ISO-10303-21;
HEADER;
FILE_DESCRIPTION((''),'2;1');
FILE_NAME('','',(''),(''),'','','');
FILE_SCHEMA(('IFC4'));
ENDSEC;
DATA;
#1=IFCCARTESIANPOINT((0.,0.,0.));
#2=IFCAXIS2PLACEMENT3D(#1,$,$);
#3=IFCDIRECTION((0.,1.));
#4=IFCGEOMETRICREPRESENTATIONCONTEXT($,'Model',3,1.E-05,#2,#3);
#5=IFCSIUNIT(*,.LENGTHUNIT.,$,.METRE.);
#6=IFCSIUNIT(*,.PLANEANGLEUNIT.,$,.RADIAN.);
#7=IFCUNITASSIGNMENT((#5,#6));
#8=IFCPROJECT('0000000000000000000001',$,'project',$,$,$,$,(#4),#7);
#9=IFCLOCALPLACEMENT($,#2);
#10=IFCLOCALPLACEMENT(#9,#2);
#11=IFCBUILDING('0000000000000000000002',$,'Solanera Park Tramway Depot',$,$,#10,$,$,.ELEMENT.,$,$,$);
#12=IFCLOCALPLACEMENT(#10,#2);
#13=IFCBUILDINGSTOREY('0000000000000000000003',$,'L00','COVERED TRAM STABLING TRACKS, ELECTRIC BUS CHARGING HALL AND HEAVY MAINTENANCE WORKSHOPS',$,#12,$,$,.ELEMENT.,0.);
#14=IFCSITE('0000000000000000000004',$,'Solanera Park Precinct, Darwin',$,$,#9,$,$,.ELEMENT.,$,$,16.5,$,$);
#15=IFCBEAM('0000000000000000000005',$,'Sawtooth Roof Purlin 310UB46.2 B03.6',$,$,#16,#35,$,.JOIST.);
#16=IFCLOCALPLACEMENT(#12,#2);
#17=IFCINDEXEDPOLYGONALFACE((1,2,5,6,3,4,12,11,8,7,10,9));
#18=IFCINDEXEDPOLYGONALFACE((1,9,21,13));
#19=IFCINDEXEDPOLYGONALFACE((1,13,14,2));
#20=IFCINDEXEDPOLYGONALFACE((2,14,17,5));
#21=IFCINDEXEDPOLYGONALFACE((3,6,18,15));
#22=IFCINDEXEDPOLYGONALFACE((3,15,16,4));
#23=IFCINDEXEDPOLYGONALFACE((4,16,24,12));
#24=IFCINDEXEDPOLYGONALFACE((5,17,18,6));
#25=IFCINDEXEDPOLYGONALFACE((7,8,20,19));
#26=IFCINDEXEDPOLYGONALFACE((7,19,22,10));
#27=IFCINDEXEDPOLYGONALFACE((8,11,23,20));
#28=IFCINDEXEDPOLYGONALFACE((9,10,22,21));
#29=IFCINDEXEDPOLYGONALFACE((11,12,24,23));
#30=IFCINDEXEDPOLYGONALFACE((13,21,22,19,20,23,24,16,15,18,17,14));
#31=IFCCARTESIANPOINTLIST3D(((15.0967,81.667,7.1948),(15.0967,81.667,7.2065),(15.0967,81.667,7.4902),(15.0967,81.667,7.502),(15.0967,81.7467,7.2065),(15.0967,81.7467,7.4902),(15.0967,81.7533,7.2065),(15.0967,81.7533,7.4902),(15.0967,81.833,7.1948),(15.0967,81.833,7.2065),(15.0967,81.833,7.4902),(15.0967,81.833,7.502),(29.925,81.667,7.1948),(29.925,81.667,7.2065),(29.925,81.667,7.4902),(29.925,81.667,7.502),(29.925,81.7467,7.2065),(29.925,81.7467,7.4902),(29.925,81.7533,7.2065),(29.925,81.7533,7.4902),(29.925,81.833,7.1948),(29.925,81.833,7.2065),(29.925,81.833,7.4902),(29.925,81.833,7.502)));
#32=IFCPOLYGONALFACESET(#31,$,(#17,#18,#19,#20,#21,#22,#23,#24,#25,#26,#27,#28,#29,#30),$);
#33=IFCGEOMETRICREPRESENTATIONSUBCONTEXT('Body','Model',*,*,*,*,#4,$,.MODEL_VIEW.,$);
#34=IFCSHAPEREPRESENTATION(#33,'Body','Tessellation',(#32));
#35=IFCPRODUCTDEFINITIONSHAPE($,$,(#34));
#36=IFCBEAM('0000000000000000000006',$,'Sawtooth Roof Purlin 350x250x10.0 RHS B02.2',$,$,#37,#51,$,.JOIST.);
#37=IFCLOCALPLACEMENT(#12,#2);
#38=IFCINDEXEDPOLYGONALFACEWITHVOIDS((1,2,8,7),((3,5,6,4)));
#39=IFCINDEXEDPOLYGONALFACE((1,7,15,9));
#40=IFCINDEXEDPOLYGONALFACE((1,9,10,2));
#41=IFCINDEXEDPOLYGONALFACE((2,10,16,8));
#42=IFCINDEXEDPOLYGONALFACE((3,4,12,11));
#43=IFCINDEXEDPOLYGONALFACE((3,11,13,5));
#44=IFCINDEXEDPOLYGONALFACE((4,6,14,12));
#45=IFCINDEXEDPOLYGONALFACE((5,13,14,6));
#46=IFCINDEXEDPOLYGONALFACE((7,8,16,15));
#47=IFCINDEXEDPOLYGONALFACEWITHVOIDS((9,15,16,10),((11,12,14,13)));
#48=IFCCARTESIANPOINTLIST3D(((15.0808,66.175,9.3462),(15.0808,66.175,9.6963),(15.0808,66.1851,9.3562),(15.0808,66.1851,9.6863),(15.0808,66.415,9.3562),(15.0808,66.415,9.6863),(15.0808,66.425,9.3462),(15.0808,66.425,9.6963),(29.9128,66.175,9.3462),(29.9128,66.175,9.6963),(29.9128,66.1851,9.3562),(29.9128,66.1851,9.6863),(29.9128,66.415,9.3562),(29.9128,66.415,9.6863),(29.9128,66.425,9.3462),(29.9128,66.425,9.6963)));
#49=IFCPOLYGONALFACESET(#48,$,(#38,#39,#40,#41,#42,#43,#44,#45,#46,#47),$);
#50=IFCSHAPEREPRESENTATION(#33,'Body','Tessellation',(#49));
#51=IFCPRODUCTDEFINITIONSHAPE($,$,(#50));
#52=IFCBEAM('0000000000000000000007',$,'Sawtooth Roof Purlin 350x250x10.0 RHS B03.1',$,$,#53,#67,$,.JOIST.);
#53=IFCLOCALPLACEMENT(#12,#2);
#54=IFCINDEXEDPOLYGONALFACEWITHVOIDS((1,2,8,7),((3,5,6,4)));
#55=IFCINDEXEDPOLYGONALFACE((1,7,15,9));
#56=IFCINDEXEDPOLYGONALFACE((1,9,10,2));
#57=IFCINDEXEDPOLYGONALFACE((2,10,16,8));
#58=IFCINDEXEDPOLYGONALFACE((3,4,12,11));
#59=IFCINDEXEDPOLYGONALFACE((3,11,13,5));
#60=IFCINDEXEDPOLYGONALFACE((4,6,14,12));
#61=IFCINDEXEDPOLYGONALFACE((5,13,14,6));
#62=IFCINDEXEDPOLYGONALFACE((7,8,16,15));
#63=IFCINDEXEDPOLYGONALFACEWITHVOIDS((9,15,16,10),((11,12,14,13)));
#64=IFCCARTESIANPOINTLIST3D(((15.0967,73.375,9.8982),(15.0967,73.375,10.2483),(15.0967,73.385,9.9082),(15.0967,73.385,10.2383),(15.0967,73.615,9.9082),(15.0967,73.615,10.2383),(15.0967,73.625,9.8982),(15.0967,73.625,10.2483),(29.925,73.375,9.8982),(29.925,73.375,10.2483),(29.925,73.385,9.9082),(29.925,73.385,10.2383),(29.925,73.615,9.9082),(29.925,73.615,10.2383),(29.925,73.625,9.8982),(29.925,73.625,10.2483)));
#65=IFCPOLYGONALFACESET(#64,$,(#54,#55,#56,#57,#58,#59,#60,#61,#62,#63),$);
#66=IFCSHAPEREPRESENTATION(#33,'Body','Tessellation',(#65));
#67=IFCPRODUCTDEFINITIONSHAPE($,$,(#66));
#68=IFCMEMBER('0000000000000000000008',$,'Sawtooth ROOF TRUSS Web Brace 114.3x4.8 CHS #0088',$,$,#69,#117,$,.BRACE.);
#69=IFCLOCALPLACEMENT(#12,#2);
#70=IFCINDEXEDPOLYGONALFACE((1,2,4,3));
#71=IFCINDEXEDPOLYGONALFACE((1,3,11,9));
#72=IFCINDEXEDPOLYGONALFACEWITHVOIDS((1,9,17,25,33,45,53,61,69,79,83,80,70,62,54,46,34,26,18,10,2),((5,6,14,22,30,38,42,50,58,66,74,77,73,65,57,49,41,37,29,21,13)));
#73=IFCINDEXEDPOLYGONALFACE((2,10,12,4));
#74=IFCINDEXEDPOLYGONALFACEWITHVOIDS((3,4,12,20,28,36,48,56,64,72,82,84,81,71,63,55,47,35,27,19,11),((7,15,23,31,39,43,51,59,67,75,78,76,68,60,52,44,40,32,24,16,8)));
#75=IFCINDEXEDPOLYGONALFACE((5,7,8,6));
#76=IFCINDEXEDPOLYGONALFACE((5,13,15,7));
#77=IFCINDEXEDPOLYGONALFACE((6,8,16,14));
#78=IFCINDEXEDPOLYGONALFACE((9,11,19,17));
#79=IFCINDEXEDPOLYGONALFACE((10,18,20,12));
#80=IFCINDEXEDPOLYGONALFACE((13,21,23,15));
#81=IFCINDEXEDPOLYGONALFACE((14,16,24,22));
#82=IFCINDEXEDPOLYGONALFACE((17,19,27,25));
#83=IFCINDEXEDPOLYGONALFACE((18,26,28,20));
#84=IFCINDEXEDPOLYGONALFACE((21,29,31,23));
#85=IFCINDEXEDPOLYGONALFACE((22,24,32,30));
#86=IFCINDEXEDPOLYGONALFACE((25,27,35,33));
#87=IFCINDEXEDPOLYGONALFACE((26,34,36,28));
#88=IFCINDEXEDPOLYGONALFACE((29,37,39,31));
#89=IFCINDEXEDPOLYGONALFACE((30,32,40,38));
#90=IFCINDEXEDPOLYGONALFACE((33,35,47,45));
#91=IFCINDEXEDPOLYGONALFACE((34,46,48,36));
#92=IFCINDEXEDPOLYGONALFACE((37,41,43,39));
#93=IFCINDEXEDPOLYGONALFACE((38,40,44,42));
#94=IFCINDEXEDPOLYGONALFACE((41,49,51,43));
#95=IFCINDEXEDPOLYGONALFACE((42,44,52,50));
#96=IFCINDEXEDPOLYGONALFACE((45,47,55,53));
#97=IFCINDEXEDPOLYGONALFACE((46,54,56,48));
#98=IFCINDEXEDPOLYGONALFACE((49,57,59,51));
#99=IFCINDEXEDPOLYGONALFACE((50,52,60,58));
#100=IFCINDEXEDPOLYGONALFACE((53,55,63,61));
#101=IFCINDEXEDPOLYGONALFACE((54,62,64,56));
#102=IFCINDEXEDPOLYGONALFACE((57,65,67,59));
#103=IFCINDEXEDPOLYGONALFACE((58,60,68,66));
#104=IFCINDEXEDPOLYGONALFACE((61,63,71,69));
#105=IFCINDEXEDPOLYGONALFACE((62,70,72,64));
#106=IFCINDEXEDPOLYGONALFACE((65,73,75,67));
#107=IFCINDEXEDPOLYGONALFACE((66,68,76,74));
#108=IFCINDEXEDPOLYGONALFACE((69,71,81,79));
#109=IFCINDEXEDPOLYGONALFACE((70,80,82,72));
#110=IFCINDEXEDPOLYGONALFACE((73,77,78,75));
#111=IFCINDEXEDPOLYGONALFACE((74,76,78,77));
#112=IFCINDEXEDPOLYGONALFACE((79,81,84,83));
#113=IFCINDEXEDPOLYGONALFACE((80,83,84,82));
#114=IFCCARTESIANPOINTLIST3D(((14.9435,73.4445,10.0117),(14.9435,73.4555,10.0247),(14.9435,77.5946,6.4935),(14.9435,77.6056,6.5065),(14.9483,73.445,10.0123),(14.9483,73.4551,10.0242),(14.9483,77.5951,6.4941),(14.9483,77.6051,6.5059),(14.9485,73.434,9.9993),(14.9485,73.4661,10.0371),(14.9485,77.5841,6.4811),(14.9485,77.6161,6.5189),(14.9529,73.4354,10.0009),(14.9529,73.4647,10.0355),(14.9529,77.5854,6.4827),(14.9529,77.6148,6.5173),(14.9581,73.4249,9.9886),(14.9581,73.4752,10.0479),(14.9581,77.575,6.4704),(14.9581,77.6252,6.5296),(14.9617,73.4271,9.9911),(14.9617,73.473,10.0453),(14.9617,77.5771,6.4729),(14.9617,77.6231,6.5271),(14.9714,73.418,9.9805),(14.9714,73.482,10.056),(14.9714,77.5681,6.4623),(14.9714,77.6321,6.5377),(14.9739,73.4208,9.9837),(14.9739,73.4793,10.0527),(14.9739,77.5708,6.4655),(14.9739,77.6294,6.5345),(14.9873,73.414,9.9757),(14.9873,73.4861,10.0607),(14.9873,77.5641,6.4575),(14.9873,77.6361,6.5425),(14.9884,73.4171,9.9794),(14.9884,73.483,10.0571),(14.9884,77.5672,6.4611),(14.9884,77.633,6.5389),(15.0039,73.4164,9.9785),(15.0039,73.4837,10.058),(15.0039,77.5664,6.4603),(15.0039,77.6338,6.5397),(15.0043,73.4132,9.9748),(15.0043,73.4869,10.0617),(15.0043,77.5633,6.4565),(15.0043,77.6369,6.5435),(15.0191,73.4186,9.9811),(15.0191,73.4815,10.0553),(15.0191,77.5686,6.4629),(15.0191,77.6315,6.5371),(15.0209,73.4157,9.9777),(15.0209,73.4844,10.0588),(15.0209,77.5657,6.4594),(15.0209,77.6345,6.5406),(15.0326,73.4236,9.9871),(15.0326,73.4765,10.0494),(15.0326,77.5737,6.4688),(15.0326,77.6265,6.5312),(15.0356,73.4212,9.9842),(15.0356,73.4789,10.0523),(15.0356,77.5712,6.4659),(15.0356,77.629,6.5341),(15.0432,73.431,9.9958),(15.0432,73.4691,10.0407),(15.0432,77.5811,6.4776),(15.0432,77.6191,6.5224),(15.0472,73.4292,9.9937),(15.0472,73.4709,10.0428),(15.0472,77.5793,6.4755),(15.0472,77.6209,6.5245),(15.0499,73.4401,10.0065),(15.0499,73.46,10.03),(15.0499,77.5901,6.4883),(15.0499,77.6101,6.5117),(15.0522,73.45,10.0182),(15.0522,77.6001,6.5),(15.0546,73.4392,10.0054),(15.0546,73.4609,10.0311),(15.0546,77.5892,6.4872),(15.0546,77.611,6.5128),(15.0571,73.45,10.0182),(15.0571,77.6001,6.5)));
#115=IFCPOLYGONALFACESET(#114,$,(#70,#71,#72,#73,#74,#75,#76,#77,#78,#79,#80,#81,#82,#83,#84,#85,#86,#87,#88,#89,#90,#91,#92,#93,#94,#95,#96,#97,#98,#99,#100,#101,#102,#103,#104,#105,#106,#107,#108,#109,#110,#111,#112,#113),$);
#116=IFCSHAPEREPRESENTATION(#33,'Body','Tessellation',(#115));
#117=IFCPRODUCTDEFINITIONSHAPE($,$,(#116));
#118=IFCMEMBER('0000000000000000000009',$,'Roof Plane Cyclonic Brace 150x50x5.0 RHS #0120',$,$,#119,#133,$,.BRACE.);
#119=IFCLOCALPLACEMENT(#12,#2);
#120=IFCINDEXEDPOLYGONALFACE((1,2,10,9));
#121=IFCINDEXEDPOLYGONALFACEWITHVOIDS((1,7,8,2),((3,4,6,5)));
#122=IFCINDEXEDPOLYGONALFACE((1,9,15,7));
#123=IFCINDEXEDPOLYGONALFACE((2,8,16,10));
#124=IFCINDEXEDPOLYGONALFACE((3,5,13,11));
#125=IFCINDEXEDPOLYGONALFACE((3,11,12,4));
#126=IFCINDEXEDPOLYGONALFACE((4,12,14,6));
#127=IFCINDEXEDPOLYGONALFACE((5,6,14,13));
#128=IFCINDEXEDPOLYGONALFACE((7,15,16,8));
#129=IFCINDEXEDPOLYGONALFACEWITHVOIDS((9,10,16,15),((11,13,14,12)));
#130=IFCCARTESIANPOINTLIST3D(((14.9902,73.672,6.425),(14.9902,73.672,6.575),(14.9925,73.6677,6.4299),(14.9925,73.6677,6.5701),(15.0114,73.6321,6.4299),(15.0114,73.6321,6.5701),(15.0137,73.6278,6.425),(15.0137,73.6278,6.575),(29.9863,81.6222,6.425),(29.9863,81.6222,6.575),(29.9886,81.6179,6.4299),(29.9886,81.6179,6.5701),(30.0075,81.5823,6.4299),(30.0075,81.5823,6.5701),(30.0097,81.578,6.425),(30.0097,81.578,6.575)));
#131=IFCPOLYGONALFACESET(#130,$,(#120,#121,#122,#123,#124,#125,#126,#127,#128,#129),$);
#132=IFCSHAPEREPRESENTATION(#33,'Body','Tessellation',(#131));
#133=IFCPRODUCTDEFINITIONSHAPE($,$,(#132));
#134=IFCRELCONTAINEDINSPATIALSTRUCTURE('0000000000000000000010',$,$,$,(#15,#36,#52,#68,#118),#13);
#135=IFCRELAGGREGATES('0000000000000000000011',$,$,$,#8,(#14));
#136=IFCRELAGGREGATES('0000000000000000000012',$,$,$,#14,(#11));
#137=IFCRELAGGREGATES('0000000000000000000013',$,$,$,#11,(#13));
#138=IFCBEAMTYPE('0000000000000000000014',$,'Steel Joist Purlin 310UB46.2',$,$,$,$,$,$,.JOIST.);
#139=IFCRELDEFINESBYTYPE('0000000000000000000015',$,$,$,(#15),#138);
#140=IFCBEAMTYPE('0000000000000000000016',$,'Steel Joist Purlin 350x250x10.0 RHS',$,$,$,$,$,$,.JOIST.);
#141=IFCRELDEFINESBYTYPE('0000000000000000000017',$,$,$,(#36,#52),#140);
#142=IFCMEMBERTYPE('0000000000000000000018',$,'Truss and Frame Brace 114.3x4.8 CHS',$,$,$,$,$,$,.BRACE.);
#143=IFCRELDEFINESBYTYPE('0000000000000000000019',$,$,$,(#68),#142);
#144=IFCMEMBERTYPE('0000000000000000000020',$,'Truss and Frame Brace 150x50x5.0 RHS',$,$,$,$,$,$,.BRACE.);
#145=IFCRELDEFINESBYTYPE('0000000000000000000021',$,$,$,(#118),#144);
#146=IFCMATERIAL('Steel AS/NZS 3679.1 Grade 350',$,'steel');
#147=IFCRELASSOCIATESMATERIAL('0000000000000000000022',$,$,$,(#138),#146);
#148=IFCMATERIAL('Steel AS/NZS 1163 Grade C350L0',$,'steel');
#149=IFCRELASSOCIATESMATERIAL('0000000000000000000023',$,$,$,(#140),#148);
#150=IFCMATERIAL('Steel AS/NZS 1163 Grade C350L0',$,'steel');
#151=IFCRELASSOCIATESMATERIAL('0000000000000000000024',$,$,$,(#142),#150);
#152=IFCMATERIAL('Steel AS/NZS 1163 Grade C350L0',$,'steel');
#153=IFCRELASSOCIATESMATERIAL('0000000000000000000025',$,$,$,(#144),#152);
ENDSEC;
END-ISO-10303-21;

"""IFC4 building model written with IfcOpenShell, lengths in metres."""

from ifc_helpers import new_model, si_unit, direction, frame, origin, origin_2d, place, context, subcontext, project, spatial, hollow_rectangle, hollow_circle, i_section, extrude, material, material_profile, profile_set, type_object, element, save


model = new_model("IFC4")

# Units and contexts
model_context = context("Model", 3, precision=1e-05, world=origin(), true_north=direction((0.0, 1.0)))
body_context = subcontext(model_context, "Body", "Model", "MODEL_VIEW")
ifc_project = project(units=[si_unit("LENGTHUNIT", "METRE"), si_unit("PLANEANGLEUNIT", "RADIAN")], contexts=[model_context])

# Site, building, storey
site_placement = place(None, origin())
site = spatial("IfcSite", under=ifc_project, at=site_placement, Name="Solanera Park Precinct, Darwin", CompositionType="ELEMENT", RefElevation=16.5)
building_placement = place(site_placement, origin())
building = spatial("IfcBuilding", under=site, at=building_placement, Name="Solanera Park Tramway Depot", CompositionType="ELEMENT")
storey_placement = place(building_placement, origin())
storey = spatial("IfcBuildingStorey", under=building, at=storey_placement, Name="L00", Description="COVERED TRAM STABLING TRACKS, ELECTRIC BUS CHARGING HALL AND HEAVY MAINTENANCE WORKSHOPS", CompositionType="ELEMENT", Elevation=0.0)

# Beams
ifc_material_1 = material(Name="Steel AS/NZS 3679.1 Grade 350", Category="steel")
ifc_material_profile_1 = material_profile(ifc_material_1, i_section(OverallWidth=0.166, OverallDepth=0.3071, WebThickness=0.0066, FlangeThickness=0.0117, at=origin_2d()), Name="310UB46.2")
ifc_profile_set_1 = profile_set([ifc_material_profile_1], Name="Steel AS/NZS 3679.1 Grade 350")
beam_type_1 = type_object("IfcBeamType", Name="Steel Joist Purlin 310UB46.2", PredefinedType="JOIST", material=ifc_profile_set_1)
beam_1_placement = place(storey_placement, frame((15.0967, 81.75, 7.3484), z_axis=(1.0, 0.0, 0.0), x_axis=(0.0, 1.0, 0.0)))
element("IfcBeam", 1, at=beam_1_placement, inside=storey, type_object=beam_type_1, Name="Sawtooth Roof Purlin 310UB46.2 B03.6", PredefinedType="JOIST", context=body_context, shape_type="SweptSolid", body=[
    extrude(i_section(OverallWidth=0.166, OverallDepth=0.3071, WebThickness=0.0066, FlangeThickness=0.0117, at=origin_2d()), origin(), (0.0, 0.0, 1.0), 14.8284),
])
ifc_material_2 = material(Name="Steel AS/NZS 1163 Grade C350L0", Category="steel")
ifc_material_profile_2 = material_profile(ifc_material_2, hollow_rectangle(XDim=0.25, YDim=0.3501, WallThickness=0.01, at=origin_2d()), Name="350x250x10.0 RHS")
ifc_profile_set_2 = profile_set([ifc_material_profile_2], Name="Steel AS/NZS 1163 Grade C350L0")
beam_type_2 = type_object("IfcBeamType", Name="Steel Joist Purlin 350x250x10.0 RHS", PredefinedType="JOIST", material=ifc_profile_set_2)
beam_2_placement = place(storey_placement, frame((15.0808, 66.3, 9.5212), z_axis=(1.0, 0.0, 0.0), x_axis=(0.0, 1.0, 0.0)))
element("IfcBeam", 2, at=beam_2_placement, inside=storey, type_object=beam_type_2, Name="Sawtooth Roof Purlin 350x250x10.0 RHS B02.2", PredefinedType="JOIST", context=body_context, shape_type="SweptSolid", body=[
    extrude(hollow_rectangle(XDim=0.25, YDim=0.3501, WallThickness=0.01, at=origin_2d()), origin(), (0.0, 0.0, 1.0), 14.832),
])
beam_3_placement = place(storey_placement, frame((15.0967, 73.5, 10.0732), z_axis=(1.0, 0.0, 0.0), x_axis=(0.0, 1.0, 0.0)))
element("IfcBeam", 3, at=beam_3_placement, inside=storey, type_object=beam_type_2, Name="Sawtooth Roof Purlin 350x250x10.0 RHS B03.1", PredefinedType="JOIST", context=body_context, shape_type="SweptSolid", body=[
    extrude(hollow_rectangle(XDim=0.25, YDim=0.3501, WallThickness=0.01, at=origin_2d()), origin(), (0.0, 0.0, 1.0), 14.8284),
])

# Members
ifc_material_3 = material(Name="Steel AS/NZS 1163 Grade C350L0", Category="steel")
ifc_material_profile_3 = material_profile(ifc_material_3, hollow_circle(Radius=0.0571, WallThickness=0.0049, at=origin_2d()), Name="114.3x4.8 CHS")
ifc_profile_set_3 = profile_set([ifc_material_profile_3], Name="Steel AS/NZS 1163 Grade C350L0")
member_type_1 = type_object("IfcMemberType", Name="Truss and Frame Brace 114.3x4.8 CHS", PredefinedType="BRACE", material=ifc_profile_set_3)
member_1_placement = place(storey_placement, frame((15.0, 77.6001, 6.5), z_axis=(0.0, -0.762783, 0.646654), x_axis=(1.0, 0.0, 0.0)))
element("IfcMember", 4, at=member_1_placement, inside=storey, type_object=member_type_1, Name="Sawtooth ROOF TRUSS Web Brace 114.3x4.8 CHS #0088", PredefinedType="BRACE", context=body_context, shape_type="SweptSolid", body=[
    extrude(hollow_circle(Radius=0.0571, WallThickness=0.0049, at=origin_2d()), origin(), (0.0, 0.0, 1.0), 5.4407),
])
ifc_material_4 = material(Name="Steel AS/NZS 1163 Grade C350L0", Category="steel")
ifc_material_profile_4 = material_profile(ifc_material_4, hollow_rectangle(XDim=0.05, YDim=0.1499, WallThickness=0.0049, at=origin_2d()), Name="150x50x5.0 RHS")
ifc_profile_set_4 = profile_set([ifc_material_profile_4], Name="Steel AS/NZS 1163 Grade C350L0")
member_type_2 = type_object("IfcMemberType", Name="Truss and Frame Brace 150x50x5.0 RHS", PredefinedType="BRACE", material=ifc_profile_set_4)
member_2_placement = place(storey_placement, frame((15.002, 73.6499, 6.5), z_axis=(0.883518, 0.468398, 0.0), x_axis=(-0.468398, 0.883518, 0.0)))
element("IfcMember", 5, at=member_2_placement, inside=storey, type_object=member_type_2, Name="Roof Plane Cyclonic Brace 150x50x5.0 RHS #0120", PredefinedType="BRACE", context=body_context, shape_type="SweptSolid", body=[
    extrude(hollow_rectangle(XDim=0.05, YDim=0.1499, WallThickness=0.0049, at=origin_2d()), origin(), (0.0, 0.0, 1.0), 16.9731),
])

save(model, "model.ifc")
